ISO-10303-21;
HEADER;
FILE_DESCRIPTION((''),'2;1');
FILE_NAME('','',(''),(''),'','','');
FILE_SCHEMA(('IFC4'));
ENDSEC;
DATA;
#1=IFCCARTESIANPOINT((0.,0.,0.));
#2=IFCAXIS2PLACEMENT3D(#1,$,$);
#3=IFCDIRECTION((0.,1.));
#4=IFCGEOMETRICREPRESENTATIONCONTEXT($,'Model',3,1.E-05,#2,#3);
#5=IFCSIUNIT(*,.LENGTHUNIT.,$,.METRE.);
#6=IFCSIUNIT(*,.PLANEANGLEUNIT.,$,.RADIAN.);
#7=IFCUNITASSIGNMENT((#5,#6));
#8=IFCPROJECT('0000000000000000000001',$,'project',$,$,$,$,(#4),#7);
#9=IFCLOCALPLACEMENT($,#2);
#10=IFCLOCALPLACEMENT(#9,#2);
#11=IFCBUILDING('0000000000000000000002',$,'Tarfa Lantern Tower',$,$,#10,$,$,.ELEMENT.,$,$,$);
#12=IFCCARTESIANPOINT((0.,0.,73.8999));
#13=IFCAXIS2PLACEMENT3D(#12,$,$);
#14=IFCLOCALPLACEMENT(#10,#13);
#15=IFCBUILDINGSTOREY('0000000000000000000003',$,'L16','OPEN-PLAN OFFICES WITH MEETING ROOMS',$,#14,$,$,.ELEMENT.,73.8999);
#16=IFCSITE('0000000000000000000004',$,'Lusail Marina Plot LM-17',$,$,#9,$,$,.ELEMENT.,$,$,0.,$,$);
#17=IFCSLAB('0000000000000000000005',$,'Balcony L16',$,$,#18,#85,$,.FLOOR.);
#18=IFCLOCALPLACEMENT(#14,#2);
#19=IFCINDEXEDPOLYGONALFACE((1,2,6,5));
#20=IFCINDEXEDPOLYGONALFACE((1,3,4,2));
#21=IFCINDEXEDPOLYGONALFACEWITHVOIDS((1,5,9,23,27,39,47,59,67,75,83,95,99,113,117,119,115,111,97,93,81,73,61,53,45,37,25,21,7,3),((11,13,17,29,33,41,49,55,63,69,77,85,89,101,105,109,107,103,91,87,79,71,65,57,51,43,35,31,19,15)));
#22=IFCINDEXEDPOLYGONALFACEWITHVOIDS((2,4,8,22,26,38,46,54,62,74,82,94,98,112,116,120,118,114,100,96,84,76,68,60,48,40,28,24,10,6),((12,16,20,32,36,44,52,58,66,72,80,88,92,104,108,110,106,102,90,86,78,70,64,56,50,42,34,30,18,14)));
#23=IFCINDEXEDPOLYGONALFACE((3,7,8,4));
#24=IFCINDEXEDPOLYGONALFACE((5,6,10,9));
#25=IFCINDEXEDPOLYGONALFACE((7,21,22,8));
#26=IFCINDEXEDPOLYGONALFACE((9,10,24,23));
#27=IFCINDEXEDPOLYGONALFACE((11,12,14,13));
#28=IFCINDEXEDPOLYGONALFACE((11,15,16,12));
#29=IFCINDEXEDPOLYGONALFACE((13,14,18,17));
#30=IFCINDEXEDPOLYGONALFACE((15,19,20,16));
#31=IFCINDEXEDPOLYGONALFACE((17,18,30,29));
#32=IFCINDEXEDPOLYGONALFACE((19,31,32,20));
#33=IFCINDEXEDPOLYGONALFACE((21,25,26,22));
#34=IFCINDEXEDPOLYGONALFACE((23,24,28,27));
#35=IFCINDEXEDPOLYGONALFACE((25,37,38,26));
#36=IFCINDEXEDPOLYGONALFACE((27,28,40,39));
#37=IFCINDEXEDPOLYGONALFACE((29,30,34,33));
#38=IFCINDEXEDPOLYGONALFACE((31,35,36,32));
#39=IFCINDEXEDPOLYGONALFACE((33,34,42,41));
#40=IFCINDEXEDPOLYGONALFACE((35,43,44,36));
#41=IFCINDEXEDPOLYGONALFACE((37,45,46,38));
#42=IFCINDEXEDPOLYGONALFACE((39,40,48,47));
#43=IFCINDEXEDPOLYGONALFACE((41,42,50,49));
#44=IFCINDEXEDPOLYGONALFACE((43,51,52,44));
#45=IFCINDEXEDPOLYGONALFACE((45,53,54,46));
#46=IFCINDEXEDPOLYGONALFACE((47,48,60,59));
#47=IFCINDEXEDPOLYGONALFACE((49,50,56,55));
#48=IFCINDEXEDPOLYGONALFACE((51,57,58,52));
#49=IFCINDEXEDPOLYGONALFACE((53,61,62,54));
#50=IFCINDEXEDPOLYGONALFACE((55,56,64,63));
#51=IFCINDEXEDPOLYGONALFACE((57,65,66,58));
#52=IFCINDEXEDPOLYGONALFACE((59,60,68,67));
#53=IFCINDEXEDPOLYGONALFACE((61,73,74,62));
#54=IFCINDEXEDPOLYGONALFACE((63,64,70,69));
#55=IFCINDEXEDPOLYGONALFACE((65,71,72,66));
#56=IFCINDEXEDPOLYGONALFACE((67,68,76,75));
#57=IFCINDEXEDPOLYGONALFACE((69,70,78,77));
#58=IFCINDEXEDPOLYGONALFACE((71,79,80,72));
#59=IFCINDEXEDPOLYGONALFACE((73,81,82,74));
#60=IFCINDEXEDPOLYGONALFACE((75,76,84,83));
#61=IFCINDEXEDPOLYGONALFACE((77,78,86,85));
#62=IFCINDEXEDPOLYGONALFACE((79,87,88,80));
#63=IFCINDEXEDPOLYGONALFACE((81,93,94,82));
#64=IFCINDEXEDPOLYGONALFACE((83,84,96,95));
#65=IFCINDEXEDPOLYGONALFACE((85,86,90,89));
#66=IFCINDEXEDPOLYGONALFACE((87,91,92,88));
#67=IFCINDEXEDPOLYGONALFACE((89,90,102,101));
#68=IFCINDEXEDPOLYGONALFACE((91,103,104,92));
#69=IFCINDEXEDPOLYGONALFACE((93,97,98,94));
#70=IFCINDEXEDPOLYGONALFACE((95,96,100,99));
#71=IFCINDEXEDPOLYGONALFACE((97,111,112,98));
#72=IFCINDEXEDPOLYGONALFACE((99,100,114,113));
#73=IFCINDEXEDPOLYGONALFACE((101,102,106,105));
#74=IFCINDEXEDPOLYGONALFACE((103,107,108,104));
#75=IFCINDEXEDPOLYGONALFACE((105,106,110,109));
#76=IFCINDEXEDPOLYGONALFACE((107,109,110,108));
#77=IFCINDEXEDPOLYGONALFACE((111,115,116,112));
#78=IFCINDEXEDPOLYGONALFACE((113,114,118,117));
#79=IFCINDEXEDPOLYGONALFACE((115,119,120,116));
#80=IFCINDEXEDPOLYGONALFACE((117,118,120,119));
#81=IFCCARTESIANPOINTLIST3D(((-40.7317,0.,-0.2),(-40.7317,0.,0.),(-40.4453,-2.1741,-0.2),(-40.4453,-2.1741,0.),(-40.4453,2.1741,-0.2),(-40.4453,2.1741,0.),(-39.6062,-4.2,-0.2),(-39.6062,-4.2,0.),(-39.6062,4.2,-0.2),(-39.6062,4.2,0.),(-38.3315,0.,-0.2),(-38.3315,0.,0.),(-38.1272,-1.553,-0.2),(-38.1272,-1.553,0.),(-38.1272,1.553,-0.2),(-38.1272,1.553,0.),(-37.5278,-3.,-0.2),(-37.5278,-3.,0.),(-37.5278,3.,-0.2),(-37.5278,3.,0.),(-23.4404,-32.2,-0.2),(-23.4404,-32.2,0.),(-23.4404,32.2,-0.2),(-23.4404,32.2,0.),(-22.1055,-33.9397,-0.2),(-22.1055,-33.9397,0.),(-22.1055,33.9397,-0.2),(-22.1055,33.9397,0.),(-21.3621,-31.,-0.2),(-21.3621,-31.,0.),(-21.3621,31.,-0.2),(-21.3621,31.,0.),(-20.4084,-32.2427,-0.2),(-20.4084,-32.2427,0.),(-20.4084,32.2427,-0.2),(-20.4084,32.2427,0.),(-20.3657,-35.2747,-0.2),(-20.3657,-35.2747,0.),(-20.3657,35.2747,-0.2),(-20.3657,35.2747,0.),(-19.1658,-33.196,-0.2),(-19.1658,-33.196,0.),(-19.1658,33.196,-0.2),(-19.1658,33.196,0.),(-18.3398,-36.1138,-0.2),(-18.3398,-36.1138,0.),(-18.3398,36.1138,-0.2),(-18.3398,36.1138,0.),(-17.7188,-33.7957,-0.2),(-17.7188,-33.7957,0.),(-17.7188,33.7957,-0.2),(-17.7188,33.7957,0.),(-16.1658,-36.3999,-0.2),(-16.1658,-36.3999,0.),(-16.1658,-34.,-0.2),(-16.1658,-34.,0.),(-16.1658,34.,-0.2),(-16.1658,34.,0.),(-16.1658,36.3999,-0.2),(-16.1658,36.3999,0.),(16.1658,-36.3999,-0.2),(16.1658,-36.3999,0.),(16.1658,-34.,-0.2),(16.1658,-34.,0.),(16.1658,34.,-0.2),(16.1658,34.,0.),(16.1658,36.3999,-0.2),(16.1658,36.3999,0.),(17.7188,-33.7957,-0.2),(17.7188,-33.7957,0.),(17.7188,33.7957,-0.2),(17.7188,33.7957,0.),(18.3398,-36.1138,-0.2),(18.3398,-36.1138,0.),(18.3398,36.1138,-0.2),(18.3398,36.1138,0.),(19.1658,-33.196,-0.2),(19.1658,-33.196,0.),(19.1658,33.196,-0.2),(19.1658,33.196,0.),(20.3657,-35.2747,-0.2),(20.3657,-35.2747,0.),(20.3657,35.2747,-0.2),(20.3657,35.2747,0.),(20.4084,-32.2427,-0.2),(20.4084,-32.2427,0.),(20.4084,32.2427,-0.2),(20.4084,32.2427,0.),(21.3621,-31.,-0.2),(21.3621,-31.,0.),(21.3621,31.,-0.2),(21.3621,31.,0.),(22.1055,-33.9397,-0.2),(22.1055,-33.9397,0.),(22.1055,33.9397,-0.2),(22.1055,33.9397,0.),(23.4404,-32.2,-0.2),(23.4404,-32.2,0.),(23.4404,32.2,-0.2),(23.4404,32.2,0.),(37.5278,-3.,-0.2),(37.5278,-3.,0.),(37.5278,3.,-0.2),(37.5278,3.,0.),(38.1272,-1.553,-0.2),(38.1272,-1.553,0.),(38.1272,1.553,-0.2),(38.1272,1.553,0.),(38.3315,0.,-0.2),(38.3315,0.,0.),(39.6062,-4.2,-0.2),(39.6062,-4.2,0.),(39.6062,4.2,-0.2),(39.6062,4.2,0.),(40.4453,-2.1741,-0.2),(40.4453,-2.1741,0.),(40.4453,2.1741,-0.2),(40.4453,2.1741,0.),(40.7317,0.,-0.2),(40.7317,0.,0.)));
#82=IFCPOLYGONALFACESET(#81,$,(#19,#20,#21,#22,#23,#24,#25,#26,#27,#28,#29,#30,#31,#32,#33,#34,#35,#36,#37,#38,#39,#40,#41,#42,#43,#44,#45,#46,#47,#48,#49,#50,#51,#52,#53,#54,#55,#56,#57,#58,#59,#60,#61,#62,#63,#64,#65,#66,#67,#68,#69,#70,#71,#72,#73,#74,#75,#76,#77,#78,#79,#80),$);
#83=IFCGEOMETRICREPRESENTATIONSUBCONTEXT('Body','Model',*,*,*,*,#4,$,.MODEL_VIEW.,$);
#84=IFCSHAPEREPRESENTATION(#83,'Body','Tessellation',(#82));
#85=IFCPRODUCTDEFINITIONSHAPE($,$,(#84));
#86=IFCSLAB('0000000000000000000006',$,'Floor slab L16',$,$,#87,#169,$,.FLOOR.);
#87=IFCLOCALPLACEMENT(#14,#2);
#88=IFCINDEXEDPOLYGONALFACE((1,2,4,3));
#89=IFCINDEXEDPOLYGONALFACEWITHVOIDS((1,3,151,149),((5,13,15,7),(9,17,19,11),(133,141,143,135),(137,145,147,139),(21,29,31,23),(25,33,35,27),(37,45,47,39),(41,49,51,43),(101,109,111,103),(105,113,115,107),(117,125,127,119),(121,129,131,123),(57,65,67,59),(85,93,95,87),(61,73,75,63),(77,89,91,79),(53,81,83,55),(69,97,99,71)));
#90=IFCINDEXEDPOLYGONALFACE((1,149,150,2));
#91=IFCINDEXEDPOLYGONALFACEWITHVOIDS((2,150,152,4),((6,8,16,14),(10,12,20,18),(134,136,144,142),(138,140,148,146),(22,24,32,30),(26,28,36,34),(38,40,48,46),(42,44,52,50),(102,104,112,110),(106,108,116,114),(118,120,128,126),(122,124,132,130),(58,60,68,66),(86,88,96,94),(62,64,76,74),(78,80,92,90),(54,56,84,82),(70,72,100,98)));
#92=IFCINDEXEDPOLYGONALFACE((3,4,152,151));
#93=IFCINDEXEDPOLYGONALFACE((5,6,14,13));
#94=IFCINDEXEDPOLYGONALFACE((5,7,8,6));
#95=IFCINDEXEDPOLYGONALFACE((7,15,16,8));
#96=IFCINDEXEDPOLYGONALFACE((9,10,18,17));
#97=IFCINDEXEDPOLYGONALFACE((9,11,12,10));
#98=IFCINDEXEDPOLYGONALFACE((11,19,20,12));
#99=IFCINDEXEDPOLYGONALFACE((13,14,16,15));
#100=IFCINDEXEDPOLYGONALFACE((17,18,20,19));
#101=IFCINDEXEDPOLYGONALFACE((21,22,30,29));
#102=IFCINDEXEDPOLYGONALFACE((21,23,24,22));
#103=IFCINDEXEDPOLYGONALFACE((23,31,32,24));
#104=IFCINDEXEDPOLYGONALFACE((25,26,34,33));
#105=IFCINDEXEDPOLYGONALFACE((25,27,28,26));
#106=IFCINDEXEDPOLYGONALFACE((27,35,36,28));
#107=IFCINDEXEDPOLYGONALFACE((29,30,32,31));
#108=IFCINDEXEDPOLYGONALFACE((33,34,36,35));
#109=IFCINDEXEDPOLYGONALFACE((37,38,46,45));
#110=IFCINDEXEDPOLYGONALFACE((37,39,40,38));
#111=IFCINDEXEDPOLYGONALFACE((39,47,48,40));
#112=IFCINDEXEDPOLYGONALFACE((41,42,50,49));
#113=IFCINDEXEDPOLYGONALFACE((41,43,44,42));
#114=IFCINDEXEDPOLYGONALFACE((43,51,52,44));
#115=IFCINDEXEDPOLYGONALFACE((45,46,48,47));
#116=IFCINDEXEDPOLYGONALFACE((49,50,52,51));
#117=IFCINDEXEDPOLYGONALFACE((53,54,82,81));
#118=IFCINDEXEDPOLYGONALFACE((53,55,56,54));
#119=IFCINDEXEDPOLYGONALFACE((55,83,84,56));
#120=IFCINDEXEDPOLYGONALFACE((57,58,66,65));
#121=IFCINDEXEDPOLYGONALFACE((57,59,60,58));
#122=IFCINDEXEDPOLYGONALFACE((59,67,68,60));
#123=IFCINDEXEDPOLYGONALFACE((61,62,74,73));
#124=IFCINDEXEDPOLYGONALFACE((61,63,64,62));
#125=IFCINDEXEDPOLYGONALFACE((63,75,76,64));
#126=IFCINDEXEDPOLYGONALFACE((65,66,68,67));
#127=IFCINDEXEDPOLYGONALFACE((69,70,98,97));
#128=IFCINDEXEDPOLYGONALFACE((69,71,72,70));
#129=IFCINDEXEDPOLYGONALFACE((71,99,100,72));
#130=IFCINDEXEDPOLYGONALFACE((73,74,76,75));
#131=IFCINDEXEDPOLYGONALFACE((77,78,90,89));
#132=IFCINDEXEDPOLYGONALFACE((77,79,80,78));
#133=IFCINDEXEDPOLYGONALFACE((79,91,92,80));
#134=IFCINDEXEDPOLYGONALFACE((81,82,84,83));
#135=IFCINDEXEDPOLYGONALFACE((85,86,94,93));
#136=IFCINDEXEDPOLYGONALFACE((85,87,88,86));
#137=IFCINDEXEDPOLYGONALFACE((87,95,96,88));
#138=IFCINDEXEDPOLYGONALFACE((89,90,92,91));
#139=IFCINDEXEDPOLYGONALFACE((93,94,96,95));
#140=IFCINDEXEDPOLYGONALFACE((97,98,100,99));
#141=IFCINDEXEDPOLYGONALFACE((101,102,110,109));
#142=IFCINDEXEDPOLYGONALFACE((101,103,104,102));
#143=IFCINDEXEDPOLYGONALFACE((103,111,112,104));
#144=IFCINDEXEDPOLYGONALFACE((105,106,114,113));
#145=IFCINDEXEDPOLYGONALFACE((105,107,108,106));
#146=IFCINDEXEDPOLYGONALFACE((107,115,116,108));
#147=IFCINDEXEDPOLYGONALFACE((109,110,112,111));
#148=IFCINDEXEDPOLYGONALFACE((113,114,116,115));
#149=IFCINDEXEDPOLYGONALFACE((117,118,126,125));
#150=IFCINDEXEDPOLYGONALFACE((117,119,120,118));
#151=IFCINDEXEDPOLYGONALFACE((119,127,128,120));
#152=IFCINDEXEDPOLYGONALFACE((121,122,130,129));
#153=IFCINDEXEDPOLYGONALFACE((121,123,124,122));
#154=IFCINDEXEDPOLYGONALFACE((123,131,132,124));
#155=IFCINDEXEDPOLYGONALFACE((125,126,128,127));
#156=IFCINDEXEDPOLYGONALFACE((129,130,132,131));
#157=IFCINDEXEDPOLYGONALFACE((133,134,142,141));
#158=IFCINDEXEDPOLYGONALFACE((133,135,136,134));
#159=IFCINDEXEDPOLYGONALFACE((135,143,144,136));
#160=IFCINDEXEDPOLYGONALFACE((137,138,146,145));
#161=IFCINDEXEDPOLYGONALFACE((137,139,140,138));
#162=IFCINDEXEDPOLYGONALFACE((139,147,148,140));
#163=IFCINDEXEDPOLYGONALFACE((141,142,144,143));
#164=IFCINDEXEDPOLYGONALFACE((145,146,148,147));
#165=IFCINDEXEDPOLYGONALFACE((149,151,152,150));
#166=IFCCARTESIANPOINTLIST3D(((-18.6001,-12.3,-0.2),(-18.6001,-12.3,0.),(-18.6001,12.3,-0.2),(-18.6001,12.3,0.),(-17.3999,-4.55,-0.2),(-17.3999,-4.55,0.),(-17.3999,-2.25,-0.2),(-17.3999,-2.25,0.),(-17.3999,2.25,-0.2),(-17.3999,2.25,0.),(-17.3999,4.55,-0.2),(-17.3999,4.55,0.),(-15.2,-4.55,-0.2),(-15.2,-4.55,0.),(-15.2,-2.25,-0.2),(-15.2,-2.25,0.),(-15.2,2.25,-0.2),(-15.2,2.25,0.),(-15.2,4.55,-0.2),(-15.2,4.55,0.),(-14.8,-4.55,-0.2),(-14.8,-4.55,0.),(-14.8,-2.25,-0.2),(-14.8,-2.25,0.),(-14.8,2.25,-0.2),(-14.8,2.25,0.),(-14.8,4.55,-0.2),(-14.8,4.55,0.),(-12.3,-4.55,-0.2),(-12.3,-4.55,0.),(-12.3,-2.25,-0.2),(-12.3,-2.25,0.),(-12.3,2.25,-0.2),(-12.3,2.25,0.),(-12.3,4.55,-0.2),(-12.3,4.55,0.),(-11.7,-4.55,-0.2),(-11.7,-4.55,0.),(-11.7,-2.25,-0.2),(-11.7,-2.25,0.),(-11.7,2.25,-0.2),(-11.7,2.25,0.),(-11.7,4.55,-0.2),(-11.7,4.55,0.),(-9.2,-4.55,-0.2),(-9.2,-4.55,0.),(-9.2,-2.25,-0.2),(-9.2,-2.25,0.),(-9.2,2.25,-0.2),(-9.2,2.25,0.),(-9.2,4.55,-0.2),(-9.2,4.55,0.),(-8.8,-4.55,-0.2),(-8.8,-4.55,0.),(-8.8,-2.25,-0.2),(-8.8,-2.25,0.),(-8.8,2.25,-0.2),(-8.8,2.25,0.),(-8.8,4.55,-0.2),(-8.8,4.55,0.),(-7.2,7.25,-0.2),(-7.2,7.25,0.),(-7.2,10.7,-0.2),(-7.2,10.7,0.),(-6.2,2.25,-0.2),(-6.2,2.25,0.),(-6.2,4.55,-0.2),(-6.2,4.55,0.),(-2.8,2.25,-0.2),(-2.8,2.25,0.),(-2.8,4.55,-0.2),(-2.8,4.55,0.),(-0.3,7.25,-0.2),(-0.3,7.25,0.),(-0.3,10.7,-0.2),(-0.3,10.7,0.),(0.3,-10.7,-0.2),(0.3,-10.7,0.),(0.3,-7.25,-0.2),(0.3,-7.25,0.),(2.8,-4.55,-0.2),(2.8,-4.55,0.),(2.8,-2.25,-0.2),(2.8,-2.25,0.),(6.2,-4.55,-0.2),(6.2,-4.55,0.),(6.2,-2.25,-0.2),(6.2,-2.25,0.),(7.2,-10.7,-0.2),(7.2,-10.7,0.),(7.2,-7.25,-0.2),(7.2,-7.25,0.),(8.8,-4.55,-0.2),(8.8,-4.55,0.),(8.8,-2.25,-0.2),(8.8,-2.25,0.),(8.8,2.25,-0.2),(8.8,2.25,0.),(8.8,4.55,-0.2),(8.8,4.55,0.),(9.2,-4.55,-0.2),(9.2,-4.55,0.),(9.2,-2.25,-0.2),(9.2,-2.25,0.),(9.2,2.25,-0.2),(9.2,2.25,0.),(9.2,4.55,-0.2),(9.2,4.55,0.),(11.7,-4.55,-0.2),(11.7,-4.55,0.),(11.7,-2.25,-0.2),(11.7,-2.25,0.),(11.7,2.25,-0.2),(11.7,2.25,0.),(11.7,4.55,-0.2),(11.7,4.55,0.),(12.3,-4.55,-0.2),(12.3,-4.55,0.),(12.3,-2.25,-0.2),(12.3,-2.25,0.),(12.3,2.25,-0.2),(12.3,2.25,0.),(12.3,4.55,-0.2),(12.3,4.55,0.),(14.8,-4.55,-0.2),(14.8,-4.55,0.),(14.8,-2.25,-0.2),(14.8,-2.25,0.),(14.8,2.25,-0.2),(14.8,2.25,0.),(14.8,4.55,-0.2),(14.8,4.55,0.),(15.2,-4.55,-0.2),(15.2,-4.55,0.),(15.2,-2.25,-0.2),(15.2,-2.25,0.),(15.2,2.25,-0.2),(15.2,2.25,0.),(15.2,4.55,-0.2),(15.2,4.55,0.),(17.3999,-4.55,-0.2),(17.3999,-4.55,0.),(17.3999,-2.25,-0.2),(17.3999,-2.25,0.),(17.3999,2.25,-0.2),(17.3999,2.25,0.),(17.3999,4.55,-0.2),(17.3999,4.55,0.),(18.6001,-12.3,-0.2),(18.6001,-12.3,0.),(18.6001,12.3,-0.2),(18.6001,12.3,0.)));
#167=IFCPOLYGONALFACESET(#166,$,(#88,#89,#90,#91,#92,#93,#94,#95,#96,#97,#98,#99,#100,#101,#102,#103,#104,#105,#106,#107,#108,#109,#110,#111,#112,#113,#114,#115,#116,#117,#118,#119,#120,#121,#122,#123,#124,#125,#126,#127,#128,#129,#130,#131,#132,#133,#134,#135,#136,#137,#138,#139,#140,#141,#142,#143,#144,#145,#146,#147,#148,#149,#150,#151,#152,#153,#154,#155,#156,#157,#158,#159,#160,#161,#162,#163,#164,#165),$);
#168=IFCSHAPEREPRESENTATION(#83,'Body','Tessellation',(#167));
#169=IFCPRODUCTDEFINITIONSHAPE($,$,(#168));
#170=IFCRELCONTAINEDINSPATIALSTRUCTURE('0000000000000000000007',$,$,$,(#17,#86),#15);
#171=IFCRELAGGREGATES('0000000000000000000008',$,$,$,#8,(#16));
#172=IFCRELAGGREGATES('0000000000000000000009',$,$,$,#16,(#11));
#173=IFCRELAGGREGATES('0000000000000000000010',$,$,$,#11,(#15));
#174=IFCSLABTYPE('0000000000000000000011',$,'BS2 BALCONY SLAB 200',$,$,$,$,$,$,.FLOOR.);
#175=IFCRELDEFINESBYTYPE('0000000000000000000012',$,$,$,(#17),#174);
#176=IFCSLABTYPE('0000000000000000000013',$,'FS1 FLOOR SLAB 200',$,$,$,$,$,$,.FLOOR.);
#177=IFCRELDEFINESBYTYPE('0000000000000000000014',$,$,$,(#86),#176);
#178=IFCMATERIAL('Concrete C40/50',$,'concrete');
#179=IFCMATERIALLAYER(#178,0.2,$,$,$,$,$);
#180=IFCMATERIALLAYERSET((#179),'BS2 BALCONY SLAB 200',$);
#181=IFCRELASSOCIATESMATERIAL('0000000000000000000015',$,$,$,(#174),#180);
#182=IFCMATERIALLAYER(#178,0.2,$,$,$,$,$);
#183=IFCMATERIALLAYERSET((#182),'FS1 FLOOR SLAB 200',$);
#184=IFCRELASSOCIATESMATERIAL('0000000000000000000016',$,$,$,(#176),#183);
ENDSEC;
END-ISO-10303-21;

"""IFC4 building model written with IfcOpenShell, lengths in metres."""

from ifc_helpers import new_model, si_unit, direction, frame, origin, place, context, subcontext, project, spatial, polyline, outline, extrude, material, layer, layer_set, type_object, element, save


model = new_model("IFC4")

# Units and contexts
model_context = context("Model", 3, precision=1e-05, world=origin(), true_north=direction((0.0, 1.0)))
body_context = subcontext(model_context, "Body", "Model", "MODEL_VIEW")
ifc_project = project(units=[si_unit("LENGTHUNIT", "METRE"), si_unit("PLANEANGLEUNIT", "RADIAN")], contexts=[model_context])

# Site, building, storey
site_placement = place(None, origin())
site = spatial("IfcSite", under=ifc_project, at=site_placement, Name="Lusail Marina Plot LM-17", CompositionType="ELEMENT", RefElevation=0.0)
building_placement = place(site_placement, origin())
building = spatial("IfcBuilding", under=site, at=building_placement, Name="Tarfa Lantern Tower", CompositionType="ELEMENT")
storey_placement = place(building_placement, frame((0.0, 0.0, 73.8999)))
storey = spatial("IfcBuildingStorey", under=building, at=storey_placement, Name="L16", Description="OPEN-PLAN OFFICES WITH MEETING ROOMS", CompositionType="ELEMENT", Elevation=73.8999)

# Slabs
ifc_material_1 = material(Name="Concrete C40/50", Category="concrete")
ifc_layer_1 = layer(ifc_material_1, 0.2)
ifc_layer_set_1 = layer_set([ifc_layer_1], Name="BS2 BALCONY SLAB 200")
slab_type_1 = type_object("IfcSlabType", Name="BS2 BALCONY SLAB 200", PredefinedType="FLOOR", material=ifc_layer_set_1)
slab_1_placement = place(storey_placement, frame((0.0, 0.0, -0.2)))
element("IfcSlab", 1, at=slab_1_placement, inside=storey, type_object=slab_type_1, Name="Balcony L16", PredefinedType="FLOOR", context=body_context, shape_type="SweptSolid", body=[
    extrude(outline(polyline([(39.6062, 4.2), (23.4404, 32.2), (22.1055, 33.9397), (20.3657, 35.2747), (18.3398, 36.1138), (16.1658, 36.3999), (-16.1658, 36.3999), (-18.3398, 36.1138), (-20.3657, 35.2747), (-22.1055, 33.9397), (-23.4404, 32.2), (-39.6062, 4.2), (-40.4453, 2.1741), (-40.7317, 0.0), (-40.4453, -2.1741), (-39.6062, -4.2), (-23.4404, -32.2), (-22.1055, -33.9397), (-20.3657, -35.2747), (-18.3398, -36.1138), (-16.1658, -36.3999), (16.1658, -36.3999), (18.3398, -36.1138), (20.3657, -35.2747), (22.1055, -33.9397), (23.4404, -32.2), (39.6062, -4.2), (40.4453, -2.1741), (40.7317, 0.0), (40.4453, 2.1741), (39.6062, 4.2)]), holes=[polyline([(37.5278, 3.0), (21.3621, 31.0), (20.4084, 32.2427), (19.1658, 33.196), (17.7188, 33.7957), (16.1658, 34.0), (-16.1658, 34.0), (-17.7188, 33.7957), (-19.1658, 33.196), (-20.4084, 32.2427), (-21.3621, 31.0), (-37.5278, 3.0), (-38.1272, 1.553), (-38.3315, 0.0), (-38.1272, -1.553), (-37.5278, -3.0), (-21.3621, -31.0), (-20.4084, -32.2427), (-19.1658, -33.196), (-17.7188, -33.7957), (-16.1658, -34.0), (16.1658, -34.0), (17.7188, -33.7957), (19.1658, -33.196), (20.4084, -32.2427), (21.3621, -31.0), (37.5278, -3.0), (38.1272, -1.553), (38.3315, 0.0), (38.1272, 1.553), (37.5278, 3.0)])]), origin(), (0.0, 0.0, 1.0), 0.2),
])
ifc_layer_2 = layer(ifc_material_1, 0.2)
ifc_layer_set_2 = layer_set([ifc_layer_2], Name="FS1 FLOOR SLAB 200")
slab_type_2 = type_object("IfcSlabType", Name="FS1 FLOOR SLAB 200", PredefinedType="FLOOR", material=ifc_layer_set_2)
slab_2_placement = place(storey_placement, frame((0.0, 0.0, -0.2)))
element("IfcSlab", 2, at=slab_2_placement, inside=storey, type_object=slab_type_2, Name="Floor slab L16", PredefinedType="FLOOR", context=body_context, shape_type="SweptSolid", body=[
    extrude(outline(polyline([(-18.6001, -12.3), (18.6001, -12.3), (18.6001, 12.3), (-18.6001, 12.3), (-18.6001, -12.3)]), holes=[polyline([(-17.3999, 2.25), (-15.2, 2.25), (-15.2, 4.55), (-17.3999, 4.55), (-17.3999, 2.25)]), polyline([(-14.8, 2.25), (-12.3, 2.25), (-12.3, 4.55), (-14.8, 4.55), (-14.8, 2.25)]), polyline([(-11.7, 2.25), (-9.2, 2.25), (-9.2, 4.55), (-11.7, 4.55), (-11.7, 2.25)]), polyline([(-8.8, 2.25), (-6.2, 2.25), (-6.2, 4.55), (-8.8, 4.55), (-8.8, 2.25)]), polyline([(-2.8, 2.25), (8.8, 2.25), (8.8, 4.55), (-2.8, 4.55), (-2.8, 2.25)]), polyline([(9.2, 2.25), (11.7, 2.25), (11.7, 4.55), (9.2, 4.55), (9.2, 2.25)]), polyline([(12.3, 2.25), (14.8, 2.25), (14.8, 4.55), (12.3, 4.55), (12.3, 2.25)]), polyline([(15.2, 2.25), (17.3999, 2.25), (17.3999, 4.55), (15.2, 4.55), (15.2, 2.25)]), polyline([(17.3999, -2.25), (15.2, -2.25), (15.2, -4.55), (17.3999, -4.55), (17.3999, -2.25)]), polyline([(14.8, -2.25), (12.3, -2.25), (12.3, -4.55), (14.8, -4.55), (14.8, -2.25)]), polyline([(11.7, -2.25), (9.2, -2.25), (9.2, -4.55), (11.7, -4.55), (11.7, -2.25)]), polyline([(8.8, -2.25), (6.2, -2.25), (6.2, -4.55), (8.8, -4.55), (8.8, -2.25)]), polyline([(2.8, -2.25), (-8.8, -2.25), (-8.8, -4.55), (2.8, -4.55), (2.8, -2.25)]), polyline([(-9.2, -2.25), (-11.7, -2.25), (-11.7, -4.55), (-9.2, -4.55), (-9.2, -2.25)]), polyline([(-12.3, -2.25), (-14.8, -2.25), (-14.8, -4.55), (-12.3, -4.55), (-12.3, -2.25)]), polyline([(-15.2, -2.25), (-17.3999, -2.25), (-17.3999, -4.55), (-15.2, -4.55), (-15.2, -2.25)]), polyline([(-7.2, 7.25), (-0.3, 7.25), (-0.3, 10.7), (-7.2, 10.7), (-7.2, 7.25)]), polyline([(7.2, -7.25), (0.3, -7.25), (0.3, -10.7), (7.2, -10.7), (7.2, -7.25)])]), origin(), (0.0, 0.0, 1.0), 0.2),
])

save(model, "model.ifc")
